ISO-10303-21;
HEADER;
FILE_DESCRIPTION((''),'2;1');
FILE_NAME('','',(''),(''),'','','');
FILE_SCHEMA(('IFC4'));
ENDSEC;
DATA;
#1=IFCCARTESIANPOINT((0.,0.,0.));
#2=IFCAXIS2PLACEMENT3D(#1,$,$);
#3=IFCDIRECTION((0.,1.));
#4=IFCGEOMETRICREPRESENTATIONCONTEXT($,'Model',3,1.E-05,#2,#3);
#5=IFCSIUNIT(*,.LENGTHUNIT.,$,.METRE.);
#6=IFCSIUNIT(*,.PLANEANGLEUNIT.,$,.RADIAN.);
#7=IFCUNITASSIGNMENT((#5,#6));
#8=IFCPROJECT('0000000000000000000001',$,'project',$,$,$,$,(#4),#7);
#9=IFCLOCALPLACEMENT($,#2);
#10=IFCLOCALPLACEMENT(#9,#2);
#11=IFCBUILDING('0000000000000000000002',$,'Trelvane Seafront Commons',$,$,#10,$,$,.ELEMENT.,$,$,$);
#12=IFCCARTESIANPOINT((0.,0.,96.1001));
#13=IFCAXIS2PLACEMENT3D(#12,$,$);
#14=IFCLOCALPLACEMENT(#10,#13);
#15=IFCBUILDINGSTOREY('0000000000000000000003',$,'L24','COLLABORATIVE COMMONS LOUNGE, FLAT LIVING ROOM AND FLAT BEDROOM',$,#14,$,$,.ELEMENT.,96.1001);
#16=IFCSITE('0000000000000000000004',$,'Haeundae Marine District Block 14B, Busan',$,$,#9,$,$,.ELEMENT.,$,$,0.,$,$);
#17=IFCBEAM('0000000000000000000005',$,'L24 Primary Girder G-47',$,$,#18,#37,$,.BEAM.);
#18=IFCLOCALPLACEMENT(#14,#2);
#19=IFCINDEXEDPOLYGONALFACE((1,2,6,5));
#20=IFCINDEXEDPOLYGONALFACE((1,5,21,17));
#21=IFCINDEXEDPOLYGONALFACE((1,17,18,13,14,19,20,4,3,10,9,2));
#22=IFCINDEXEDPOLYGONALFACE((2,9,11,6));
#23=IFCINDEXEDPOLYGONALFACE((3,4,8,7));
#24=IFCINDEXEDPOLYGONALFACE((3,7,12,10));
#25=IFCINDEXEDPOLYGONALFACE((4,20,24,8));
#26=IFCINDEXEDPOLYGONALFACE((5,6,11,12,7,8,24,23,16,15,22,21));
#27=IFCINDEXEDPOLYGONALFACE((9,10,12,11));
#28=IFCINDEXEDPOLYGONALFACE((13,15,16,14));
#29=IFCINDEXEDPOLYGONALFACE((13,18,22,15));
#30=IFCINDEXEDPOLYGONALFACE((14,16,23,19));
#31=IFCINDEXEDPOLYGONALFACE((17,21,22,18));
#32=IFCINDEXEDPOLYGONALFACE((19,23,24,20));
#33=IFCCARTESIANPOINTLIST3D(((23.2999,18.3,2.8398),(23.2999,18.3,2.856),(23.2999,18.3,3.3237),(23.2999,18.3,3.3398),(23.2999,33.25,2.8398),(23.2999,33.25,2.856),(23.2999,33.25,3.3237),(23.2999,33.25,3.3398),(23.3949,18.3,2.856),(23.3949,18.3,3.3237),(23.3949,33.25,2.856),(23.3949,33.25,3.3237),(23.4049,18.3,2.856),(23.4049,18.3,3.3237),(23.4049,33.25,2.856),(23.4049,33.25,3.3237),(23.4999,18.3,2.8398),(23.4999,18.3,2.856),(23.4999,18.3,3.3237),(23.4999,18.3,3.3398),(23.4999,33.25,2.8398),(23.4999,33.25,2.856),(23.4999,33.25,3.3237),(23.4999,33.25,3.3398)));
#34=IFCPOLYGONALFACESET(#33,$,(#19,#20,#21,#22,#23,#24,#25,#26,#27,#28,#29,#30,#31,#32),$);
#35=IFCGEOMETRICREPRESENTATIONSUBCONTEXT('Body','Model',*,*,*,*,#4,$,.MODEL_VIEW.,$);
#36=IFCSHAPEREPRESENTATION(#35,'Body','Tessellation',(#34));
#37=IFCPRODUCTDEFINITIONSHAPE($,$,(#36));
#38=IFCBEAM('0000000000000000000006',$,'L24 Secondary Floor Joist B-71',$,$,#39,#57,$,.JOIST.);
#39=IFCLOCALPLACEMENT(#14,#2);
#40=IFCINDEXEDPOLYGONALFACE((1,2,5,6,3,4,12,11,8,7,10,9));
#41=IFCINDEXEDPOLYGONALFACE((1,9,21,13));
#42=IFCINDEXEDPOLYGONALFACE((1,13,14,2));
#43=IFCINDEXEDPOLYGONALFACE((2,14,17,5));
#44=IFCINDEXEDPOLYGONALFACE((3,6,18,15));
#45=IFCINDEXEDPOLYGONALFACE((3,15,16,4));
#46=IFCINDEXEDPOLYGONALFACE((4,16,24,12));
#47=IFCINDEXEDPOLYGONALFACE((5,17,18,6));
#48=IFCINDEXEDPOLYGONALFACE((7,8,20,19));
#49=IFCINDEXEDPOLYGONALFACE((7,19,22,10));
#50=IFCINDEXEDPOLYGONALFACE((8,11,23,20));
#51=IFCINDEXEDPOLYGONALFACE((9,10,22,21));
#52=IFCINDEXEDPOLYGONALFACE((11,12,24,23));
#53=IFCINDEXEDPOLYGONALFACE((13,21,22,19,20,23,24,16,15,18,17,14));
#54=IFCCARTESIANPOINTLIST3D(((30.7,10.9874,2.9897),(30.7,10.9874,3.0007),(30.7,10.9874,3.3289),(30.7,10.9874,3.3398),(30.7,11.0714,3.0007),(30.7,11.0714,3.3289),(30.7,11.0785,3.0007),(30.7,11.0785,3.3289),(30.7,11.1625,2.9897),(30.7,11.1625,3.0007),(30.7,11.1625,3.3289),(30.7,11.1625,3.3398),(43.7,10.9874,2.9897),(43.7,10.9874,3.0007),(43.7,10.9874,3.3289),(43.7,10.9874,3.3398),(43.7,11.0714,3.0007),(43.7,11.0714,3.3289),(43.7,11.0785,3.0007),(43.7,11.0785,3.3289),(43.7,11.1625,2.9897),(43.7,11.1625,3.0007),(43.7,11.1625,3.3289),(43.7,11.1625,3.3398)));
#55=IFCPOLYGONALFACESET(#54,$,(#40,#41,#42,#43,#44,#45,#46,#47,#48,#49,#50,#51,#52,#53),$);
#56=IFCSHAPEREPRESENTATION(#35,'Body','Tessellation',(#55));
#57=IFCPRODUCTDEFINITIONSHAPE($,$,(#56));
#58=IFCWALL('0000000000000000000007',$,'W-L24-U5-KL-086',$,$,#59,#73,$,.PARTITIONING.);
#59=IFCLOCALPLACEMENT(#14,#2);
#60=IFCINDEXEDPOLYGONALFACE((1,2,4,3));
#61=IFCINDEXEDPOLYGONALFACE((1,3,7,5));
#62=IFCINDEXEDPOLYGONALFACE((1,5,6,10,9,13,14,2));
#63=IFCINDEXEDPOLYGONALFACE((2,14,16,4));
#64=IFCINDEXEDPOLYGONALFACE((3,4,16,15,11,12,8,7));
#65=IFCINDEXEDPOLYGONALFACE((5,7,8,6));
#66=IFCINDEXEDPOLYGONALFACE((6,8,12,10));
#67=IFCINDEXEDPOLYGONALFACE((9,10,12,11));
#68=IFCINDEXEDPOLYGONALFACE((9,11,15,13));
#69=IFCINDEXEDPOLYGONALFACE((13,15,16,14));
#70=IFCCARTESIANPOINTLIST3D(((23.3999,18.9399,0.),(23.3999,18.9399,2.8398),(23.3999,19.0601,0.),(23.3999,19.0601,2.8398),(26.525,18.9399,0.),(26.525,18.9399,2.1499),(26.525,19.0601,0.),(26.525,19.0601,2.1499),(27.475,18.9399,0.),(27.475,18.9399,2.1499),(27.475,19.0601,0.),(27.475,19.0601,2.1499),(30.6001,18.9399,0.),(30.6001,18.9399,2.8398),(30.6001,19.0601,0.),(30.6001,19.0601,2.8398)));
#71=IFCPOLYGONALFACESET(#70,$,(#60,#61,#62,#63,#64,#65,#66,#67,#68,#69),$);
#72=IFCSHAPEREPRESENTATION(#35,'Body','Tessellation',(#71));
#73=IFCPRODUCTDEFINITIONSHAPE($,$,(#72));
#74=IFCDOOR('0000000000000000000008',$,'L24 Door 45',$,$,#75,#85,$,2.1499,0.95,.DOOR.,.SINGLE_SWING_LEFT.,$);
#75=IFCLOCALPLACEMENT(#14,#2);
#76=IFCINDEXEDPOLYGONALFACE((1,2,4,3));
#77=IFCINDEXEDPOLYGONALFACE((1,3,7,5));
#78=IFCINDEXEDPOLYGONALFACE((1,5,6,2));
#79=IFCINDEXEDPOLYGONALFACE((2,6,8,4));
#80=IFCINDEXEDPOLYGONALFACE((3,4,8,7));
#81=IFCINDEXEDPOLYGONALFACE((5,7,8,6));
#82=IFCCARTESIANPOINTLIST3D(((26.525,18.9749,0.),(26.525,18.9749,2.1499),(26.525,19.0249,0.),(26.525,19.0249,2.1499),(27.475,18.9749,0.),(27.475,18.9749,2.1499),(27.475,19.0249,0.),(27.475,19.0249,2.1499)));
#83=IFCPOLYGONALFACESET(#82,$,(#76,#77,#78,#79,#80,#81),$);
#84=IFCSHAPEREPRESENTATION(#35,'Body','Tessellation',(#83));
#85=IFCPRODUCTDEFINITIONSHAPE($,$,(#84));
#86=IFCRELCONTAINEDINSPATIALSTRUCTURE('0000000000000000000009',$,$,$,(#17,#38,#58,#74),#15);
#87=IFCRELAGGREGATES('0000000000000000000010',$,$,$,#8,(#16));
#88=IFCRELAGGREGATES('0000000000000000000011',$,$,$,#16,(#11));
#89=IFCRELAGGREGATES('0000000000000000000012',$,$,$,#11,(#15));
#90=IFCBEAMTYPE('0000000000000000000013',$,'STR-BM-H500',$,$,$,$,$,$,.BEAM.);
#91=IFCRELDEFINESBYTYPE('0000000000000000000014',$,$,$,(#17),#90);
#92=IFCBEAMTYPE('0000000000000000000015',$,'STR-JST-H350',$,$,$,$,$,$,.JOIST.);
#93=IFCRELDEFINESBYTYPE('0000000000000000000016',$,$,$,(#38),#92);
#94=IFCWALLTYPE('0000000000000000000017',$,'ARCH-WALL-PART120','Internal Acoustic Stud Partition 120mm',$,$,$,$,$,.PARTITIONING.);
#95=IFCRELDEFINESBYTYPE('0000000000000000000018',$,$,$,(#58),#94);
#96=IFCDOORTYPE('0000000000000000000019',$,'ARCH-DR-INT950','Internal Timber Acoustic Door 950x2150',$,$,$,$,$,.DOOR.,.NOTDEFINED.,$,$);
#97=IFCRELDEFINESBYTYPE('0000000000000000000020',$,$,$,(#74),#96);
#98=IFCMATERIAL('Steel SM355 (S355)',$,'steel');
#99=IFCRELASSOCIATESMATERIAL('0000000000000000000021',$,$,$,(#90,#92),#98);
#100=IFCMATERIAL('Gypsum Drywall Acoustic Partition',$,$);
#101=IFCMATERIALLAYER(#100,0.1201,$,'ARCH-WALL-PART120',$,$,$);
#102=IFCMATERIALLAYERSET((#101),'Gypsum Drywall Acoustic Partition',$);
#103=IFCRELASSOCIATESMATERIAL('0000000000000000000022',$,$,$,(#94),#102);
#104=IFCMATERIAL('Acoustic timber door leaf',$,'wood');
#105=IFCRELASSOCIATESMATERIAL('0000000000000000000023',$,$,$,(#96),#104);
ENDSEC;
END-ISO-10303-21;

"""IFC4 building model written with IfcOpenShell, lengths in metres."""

from ifc_helpers import new_model, si_unit, direction, frame, frame_2d, origin, origin_2d, place, context, subcontext, project, spatial, rectangle, i_section, extrude, source, transform, mapped, material, layer, layer_set, material_profile, profile_set, type_object, element, fill, save


model = new_model("IFC4")

# Units and contexts
model_context = context("Model", 3, precision=1e-05, world=origin(), true_north=direction((0.0, 1.0)))
body_context = subcontext(model_context, "Body", "Model", "MODEL_VIEW")
ifc_project = project(units=[si_unit("LENGTHUNIT", "METRE"), si_unit("PLANEANGLEUNIT", "RADIAN")], contexts=[model_context])

# Site, building, storey
site_placement = place(None, origin())
site = spatial("IfcSite", under=ifc_project, at=site_placement, Name="Haeundae Marine District Block 14B, Busan", CompositionType="ELEMENT", RefElevation=0.0)
building_placement = place(site_placement, origin())
building = spatial("IfcBuilding", under=site, at=building_placement, Name="Trelvane Seafront Commons", CompositionType="ELEMENT")
storey_placement = place(building_placement, frame((0.0, 0.0, 96.1001)))
storey = spatial("IfcBuildingStorey", under=building, at=storey_placement, Name="L24", Description="COLLABORATIVE COMMONS LOUNGE, FLAT LIVING ROOM AND FLAT BEDROOM", CompositionType="ELEMENT", Elevation=96.1001)

# Shared definitions
ifc_material_1 = material(Name="Steel SM355 (S355)", Category="steel")

# Beams
ifc_material_profile_1 = material_profile(ifc_material_1, i_section(OverallWidth=0.2, OverallDepth=0.5, WebThickness=0.01, FlangeThickness=0.0161, at=origin_2d()), Name="H-500x200x10x16")
ifc_profile_set_1 = profile_set([ifc_material_profile_1], Name="Steel SM355 (S355)")
beam_type_1 = type_object("IfcBeamType", Name="STR-BM-H500", PredefinedType="BEAM", material=ifc_profile_set_1)
shared_shape_1 = source(origin(), body_context, "Body", "SweptSolid", [
    extrude(i_section(OverallWidth=0.2, OverallDepth=0.5, WebThickness=0.01, FlangeThickness=0.0161, at=origin_2d()), origin(), (0.0, 0.0, 1.0), 14.95),
])
beam_1_placement = place(storey_placement, frame((23.3999, 18.3, 3.0898), z_axis=(0.0, 1.0, 0.0), x_axis=(-1.0, 0.0, 0.0)))
element("IfcBeam", 1, at=beam_1_placement, inside=storey, type_object=beam_type_1, Name="L24 Primary Girder G-47", PredefinedType="BEAM", context=body_context, shape_type="MappedRepresentation", body=[
    mapped(shared_shape_1, transform((0.0, 0.0, 0.0), x_axis=(1.0, 0.0, 0.0), y_axis=(0.0, 1.0, 0.0), z_axis=(0.0, 0.0, 1.0), scale=1.0)),
])
ifc_material_profile_2 = material_profile(ifc_material_1, i_section(OverallWidth=0.175, OverallDepth=0.3501, WebThickness=0.0071, FlangeThickness=0.011, at=origin_2d()), Name="H-350x175x7x11")
ifc_profile_set_2 = profile_set([ifc_material_profile_2], Name="Steel SM355 (S355)")
beam_type_2 = type_object("IfcBeamType", Name="STR-JST-H350", PredefinedType="JOIST", material=ifc_profile_set_2)
shared_shape_2 = source(origin(), body_context, "Body", "SweptSolid", [
    extrude(i_section(OverallWidth=0.175, OverallDepth=0.3501, WebThickness=0.0071, FlangeThickness=0.011, at=origin_2d()), origin(), (0.0, 0.0, 1.0), 13.0),
])
beam_2_placement = place(storey_placement, frame((30.7, 11.075, 3.1648), z_axis=(1.0, 0.0, 0.0), x_axis=(0.0, 1.0, 0.0)))
element("IfcBeam", 2, at=beam_2_placement, inside=storey, type_object=beam_type_2, Name="L24 Secondary Floor Joist B-71", PredefinedType="JOIST", context=body_context, shape_type="MappedRepresentation", body=[
    mapped(shared_shape_2, transform((0.0, 0.0, 0.0), x_axis=(1.0, 0.0, 0.0), y_axis=(0.0, 1.0, 0.0), z_axis=(0.0, 0.0, 1.0), scale=1.0)),
])

# Wall, opening, door
ifc_material_2 = material(Name="Gypsum Drywall Acoustic Partition")
ifc_layer = layer(ifc_material_2, 0.1201, Name="ARCH-WALL-PART120")
ifc_layer_set = layer_set([ifc_layer], Name="Gypsum Drywall Acoustic Partition")
wall_type = type_object("IfcWallType", Name="ARCH-WALL-PART120", Description="Internal Acoustic Stud Partition 120mm", PredefinedType="PARTITIONING", material=ifc_layer_set)
ifc_material_3 = material(Name="Acoustic timber door leaf", Category="wood")
door_type = type_object("IfcDoorType", Name="ARCH-DR-INT950", Description="Internal Timber Acoustic Door 950x2150", OperationType="NOTDEFINED", PredefinedType="DOOR", material=ifc_material_3)
shared_shape_3 = source(origin(), body_context, "Body", "SweptSolid", [
    extrude(rectangle(XDim=0.95, YDim=2.1499, at=frame_2d((0.4751, 1.075))), frame((0.0, 0.0249, 0.0), z_axis=(0.0, -1.0, 0.0), x_axis=(1.0, 0.0, 0.0)), (0.0, 0.0, 1.0), 0.05),
])
wall_1_placement = place(storey_placement, frame((23.3999, 19.0, 0.0), z_axis=(0.0, 0.0, 1.0), x_axis=(1.0, 0.0, 0.0)))
wall_1 = element("IfcWall", 3, at=wall_1_placement, inside=storey, type_object=wall_type, Name="W-L24-U5-KL-086", PredefinedType="PARTITIONING", context=body_context, shape_type="SweptSolid", body=[
    extrude(rectangle(XDim=7.2002, YDim=0.1201, at=frame_2d((3.6001, 0.0))), origin(), (0.0, 0.0, 1.0), 2.8398),
])
opening_1_placement = place(wall_1_placement, frame((3.125, 0.0, 0.0)))
opening_1 = element("IfcOpeningElement", 4, at=opening_1_placement, cuts=wall_1, PredefinedType="OPENING", context=body_context, shape_type="SweptSolid", body=[
    extrude(rectangle(XDim=0.95, YDim=2.1499, at=frame_2d((0.4751, 1.075))), frame((0.0, 0.0701, 0.0), z_axis=(0.0, -1.0, 0.0), x_axis=(1.0, 0.0, 0.0)), (0.0, 0.0, 1.0), 0.1401),
])
door_1_placement = place(opening_1_placement, origin())
door_1 = element("IfcDoor", 5, at=door_1_placement, inside=storey, type_object=door_type, Name="L24 Door 45", OperationType="SINGLE_SWING_LEFT", OverallHeight=2.1499, OverallWidth=0.95, PredefinedType="DOOR", context=body_context, shape_type="MappedRepresentation", body=[
    mapped(shared_shape_3, transform((0.0, 0.0, 0.0), x_axis=(1.0, 0.0, 0.0), y_axis=(0.0, 1.0, 0.0), z_axis=(0.0, 0.0, 1.0), scale=1.0)),
])
fill(opening_1, door_1)

save(model, "model.ifc")
